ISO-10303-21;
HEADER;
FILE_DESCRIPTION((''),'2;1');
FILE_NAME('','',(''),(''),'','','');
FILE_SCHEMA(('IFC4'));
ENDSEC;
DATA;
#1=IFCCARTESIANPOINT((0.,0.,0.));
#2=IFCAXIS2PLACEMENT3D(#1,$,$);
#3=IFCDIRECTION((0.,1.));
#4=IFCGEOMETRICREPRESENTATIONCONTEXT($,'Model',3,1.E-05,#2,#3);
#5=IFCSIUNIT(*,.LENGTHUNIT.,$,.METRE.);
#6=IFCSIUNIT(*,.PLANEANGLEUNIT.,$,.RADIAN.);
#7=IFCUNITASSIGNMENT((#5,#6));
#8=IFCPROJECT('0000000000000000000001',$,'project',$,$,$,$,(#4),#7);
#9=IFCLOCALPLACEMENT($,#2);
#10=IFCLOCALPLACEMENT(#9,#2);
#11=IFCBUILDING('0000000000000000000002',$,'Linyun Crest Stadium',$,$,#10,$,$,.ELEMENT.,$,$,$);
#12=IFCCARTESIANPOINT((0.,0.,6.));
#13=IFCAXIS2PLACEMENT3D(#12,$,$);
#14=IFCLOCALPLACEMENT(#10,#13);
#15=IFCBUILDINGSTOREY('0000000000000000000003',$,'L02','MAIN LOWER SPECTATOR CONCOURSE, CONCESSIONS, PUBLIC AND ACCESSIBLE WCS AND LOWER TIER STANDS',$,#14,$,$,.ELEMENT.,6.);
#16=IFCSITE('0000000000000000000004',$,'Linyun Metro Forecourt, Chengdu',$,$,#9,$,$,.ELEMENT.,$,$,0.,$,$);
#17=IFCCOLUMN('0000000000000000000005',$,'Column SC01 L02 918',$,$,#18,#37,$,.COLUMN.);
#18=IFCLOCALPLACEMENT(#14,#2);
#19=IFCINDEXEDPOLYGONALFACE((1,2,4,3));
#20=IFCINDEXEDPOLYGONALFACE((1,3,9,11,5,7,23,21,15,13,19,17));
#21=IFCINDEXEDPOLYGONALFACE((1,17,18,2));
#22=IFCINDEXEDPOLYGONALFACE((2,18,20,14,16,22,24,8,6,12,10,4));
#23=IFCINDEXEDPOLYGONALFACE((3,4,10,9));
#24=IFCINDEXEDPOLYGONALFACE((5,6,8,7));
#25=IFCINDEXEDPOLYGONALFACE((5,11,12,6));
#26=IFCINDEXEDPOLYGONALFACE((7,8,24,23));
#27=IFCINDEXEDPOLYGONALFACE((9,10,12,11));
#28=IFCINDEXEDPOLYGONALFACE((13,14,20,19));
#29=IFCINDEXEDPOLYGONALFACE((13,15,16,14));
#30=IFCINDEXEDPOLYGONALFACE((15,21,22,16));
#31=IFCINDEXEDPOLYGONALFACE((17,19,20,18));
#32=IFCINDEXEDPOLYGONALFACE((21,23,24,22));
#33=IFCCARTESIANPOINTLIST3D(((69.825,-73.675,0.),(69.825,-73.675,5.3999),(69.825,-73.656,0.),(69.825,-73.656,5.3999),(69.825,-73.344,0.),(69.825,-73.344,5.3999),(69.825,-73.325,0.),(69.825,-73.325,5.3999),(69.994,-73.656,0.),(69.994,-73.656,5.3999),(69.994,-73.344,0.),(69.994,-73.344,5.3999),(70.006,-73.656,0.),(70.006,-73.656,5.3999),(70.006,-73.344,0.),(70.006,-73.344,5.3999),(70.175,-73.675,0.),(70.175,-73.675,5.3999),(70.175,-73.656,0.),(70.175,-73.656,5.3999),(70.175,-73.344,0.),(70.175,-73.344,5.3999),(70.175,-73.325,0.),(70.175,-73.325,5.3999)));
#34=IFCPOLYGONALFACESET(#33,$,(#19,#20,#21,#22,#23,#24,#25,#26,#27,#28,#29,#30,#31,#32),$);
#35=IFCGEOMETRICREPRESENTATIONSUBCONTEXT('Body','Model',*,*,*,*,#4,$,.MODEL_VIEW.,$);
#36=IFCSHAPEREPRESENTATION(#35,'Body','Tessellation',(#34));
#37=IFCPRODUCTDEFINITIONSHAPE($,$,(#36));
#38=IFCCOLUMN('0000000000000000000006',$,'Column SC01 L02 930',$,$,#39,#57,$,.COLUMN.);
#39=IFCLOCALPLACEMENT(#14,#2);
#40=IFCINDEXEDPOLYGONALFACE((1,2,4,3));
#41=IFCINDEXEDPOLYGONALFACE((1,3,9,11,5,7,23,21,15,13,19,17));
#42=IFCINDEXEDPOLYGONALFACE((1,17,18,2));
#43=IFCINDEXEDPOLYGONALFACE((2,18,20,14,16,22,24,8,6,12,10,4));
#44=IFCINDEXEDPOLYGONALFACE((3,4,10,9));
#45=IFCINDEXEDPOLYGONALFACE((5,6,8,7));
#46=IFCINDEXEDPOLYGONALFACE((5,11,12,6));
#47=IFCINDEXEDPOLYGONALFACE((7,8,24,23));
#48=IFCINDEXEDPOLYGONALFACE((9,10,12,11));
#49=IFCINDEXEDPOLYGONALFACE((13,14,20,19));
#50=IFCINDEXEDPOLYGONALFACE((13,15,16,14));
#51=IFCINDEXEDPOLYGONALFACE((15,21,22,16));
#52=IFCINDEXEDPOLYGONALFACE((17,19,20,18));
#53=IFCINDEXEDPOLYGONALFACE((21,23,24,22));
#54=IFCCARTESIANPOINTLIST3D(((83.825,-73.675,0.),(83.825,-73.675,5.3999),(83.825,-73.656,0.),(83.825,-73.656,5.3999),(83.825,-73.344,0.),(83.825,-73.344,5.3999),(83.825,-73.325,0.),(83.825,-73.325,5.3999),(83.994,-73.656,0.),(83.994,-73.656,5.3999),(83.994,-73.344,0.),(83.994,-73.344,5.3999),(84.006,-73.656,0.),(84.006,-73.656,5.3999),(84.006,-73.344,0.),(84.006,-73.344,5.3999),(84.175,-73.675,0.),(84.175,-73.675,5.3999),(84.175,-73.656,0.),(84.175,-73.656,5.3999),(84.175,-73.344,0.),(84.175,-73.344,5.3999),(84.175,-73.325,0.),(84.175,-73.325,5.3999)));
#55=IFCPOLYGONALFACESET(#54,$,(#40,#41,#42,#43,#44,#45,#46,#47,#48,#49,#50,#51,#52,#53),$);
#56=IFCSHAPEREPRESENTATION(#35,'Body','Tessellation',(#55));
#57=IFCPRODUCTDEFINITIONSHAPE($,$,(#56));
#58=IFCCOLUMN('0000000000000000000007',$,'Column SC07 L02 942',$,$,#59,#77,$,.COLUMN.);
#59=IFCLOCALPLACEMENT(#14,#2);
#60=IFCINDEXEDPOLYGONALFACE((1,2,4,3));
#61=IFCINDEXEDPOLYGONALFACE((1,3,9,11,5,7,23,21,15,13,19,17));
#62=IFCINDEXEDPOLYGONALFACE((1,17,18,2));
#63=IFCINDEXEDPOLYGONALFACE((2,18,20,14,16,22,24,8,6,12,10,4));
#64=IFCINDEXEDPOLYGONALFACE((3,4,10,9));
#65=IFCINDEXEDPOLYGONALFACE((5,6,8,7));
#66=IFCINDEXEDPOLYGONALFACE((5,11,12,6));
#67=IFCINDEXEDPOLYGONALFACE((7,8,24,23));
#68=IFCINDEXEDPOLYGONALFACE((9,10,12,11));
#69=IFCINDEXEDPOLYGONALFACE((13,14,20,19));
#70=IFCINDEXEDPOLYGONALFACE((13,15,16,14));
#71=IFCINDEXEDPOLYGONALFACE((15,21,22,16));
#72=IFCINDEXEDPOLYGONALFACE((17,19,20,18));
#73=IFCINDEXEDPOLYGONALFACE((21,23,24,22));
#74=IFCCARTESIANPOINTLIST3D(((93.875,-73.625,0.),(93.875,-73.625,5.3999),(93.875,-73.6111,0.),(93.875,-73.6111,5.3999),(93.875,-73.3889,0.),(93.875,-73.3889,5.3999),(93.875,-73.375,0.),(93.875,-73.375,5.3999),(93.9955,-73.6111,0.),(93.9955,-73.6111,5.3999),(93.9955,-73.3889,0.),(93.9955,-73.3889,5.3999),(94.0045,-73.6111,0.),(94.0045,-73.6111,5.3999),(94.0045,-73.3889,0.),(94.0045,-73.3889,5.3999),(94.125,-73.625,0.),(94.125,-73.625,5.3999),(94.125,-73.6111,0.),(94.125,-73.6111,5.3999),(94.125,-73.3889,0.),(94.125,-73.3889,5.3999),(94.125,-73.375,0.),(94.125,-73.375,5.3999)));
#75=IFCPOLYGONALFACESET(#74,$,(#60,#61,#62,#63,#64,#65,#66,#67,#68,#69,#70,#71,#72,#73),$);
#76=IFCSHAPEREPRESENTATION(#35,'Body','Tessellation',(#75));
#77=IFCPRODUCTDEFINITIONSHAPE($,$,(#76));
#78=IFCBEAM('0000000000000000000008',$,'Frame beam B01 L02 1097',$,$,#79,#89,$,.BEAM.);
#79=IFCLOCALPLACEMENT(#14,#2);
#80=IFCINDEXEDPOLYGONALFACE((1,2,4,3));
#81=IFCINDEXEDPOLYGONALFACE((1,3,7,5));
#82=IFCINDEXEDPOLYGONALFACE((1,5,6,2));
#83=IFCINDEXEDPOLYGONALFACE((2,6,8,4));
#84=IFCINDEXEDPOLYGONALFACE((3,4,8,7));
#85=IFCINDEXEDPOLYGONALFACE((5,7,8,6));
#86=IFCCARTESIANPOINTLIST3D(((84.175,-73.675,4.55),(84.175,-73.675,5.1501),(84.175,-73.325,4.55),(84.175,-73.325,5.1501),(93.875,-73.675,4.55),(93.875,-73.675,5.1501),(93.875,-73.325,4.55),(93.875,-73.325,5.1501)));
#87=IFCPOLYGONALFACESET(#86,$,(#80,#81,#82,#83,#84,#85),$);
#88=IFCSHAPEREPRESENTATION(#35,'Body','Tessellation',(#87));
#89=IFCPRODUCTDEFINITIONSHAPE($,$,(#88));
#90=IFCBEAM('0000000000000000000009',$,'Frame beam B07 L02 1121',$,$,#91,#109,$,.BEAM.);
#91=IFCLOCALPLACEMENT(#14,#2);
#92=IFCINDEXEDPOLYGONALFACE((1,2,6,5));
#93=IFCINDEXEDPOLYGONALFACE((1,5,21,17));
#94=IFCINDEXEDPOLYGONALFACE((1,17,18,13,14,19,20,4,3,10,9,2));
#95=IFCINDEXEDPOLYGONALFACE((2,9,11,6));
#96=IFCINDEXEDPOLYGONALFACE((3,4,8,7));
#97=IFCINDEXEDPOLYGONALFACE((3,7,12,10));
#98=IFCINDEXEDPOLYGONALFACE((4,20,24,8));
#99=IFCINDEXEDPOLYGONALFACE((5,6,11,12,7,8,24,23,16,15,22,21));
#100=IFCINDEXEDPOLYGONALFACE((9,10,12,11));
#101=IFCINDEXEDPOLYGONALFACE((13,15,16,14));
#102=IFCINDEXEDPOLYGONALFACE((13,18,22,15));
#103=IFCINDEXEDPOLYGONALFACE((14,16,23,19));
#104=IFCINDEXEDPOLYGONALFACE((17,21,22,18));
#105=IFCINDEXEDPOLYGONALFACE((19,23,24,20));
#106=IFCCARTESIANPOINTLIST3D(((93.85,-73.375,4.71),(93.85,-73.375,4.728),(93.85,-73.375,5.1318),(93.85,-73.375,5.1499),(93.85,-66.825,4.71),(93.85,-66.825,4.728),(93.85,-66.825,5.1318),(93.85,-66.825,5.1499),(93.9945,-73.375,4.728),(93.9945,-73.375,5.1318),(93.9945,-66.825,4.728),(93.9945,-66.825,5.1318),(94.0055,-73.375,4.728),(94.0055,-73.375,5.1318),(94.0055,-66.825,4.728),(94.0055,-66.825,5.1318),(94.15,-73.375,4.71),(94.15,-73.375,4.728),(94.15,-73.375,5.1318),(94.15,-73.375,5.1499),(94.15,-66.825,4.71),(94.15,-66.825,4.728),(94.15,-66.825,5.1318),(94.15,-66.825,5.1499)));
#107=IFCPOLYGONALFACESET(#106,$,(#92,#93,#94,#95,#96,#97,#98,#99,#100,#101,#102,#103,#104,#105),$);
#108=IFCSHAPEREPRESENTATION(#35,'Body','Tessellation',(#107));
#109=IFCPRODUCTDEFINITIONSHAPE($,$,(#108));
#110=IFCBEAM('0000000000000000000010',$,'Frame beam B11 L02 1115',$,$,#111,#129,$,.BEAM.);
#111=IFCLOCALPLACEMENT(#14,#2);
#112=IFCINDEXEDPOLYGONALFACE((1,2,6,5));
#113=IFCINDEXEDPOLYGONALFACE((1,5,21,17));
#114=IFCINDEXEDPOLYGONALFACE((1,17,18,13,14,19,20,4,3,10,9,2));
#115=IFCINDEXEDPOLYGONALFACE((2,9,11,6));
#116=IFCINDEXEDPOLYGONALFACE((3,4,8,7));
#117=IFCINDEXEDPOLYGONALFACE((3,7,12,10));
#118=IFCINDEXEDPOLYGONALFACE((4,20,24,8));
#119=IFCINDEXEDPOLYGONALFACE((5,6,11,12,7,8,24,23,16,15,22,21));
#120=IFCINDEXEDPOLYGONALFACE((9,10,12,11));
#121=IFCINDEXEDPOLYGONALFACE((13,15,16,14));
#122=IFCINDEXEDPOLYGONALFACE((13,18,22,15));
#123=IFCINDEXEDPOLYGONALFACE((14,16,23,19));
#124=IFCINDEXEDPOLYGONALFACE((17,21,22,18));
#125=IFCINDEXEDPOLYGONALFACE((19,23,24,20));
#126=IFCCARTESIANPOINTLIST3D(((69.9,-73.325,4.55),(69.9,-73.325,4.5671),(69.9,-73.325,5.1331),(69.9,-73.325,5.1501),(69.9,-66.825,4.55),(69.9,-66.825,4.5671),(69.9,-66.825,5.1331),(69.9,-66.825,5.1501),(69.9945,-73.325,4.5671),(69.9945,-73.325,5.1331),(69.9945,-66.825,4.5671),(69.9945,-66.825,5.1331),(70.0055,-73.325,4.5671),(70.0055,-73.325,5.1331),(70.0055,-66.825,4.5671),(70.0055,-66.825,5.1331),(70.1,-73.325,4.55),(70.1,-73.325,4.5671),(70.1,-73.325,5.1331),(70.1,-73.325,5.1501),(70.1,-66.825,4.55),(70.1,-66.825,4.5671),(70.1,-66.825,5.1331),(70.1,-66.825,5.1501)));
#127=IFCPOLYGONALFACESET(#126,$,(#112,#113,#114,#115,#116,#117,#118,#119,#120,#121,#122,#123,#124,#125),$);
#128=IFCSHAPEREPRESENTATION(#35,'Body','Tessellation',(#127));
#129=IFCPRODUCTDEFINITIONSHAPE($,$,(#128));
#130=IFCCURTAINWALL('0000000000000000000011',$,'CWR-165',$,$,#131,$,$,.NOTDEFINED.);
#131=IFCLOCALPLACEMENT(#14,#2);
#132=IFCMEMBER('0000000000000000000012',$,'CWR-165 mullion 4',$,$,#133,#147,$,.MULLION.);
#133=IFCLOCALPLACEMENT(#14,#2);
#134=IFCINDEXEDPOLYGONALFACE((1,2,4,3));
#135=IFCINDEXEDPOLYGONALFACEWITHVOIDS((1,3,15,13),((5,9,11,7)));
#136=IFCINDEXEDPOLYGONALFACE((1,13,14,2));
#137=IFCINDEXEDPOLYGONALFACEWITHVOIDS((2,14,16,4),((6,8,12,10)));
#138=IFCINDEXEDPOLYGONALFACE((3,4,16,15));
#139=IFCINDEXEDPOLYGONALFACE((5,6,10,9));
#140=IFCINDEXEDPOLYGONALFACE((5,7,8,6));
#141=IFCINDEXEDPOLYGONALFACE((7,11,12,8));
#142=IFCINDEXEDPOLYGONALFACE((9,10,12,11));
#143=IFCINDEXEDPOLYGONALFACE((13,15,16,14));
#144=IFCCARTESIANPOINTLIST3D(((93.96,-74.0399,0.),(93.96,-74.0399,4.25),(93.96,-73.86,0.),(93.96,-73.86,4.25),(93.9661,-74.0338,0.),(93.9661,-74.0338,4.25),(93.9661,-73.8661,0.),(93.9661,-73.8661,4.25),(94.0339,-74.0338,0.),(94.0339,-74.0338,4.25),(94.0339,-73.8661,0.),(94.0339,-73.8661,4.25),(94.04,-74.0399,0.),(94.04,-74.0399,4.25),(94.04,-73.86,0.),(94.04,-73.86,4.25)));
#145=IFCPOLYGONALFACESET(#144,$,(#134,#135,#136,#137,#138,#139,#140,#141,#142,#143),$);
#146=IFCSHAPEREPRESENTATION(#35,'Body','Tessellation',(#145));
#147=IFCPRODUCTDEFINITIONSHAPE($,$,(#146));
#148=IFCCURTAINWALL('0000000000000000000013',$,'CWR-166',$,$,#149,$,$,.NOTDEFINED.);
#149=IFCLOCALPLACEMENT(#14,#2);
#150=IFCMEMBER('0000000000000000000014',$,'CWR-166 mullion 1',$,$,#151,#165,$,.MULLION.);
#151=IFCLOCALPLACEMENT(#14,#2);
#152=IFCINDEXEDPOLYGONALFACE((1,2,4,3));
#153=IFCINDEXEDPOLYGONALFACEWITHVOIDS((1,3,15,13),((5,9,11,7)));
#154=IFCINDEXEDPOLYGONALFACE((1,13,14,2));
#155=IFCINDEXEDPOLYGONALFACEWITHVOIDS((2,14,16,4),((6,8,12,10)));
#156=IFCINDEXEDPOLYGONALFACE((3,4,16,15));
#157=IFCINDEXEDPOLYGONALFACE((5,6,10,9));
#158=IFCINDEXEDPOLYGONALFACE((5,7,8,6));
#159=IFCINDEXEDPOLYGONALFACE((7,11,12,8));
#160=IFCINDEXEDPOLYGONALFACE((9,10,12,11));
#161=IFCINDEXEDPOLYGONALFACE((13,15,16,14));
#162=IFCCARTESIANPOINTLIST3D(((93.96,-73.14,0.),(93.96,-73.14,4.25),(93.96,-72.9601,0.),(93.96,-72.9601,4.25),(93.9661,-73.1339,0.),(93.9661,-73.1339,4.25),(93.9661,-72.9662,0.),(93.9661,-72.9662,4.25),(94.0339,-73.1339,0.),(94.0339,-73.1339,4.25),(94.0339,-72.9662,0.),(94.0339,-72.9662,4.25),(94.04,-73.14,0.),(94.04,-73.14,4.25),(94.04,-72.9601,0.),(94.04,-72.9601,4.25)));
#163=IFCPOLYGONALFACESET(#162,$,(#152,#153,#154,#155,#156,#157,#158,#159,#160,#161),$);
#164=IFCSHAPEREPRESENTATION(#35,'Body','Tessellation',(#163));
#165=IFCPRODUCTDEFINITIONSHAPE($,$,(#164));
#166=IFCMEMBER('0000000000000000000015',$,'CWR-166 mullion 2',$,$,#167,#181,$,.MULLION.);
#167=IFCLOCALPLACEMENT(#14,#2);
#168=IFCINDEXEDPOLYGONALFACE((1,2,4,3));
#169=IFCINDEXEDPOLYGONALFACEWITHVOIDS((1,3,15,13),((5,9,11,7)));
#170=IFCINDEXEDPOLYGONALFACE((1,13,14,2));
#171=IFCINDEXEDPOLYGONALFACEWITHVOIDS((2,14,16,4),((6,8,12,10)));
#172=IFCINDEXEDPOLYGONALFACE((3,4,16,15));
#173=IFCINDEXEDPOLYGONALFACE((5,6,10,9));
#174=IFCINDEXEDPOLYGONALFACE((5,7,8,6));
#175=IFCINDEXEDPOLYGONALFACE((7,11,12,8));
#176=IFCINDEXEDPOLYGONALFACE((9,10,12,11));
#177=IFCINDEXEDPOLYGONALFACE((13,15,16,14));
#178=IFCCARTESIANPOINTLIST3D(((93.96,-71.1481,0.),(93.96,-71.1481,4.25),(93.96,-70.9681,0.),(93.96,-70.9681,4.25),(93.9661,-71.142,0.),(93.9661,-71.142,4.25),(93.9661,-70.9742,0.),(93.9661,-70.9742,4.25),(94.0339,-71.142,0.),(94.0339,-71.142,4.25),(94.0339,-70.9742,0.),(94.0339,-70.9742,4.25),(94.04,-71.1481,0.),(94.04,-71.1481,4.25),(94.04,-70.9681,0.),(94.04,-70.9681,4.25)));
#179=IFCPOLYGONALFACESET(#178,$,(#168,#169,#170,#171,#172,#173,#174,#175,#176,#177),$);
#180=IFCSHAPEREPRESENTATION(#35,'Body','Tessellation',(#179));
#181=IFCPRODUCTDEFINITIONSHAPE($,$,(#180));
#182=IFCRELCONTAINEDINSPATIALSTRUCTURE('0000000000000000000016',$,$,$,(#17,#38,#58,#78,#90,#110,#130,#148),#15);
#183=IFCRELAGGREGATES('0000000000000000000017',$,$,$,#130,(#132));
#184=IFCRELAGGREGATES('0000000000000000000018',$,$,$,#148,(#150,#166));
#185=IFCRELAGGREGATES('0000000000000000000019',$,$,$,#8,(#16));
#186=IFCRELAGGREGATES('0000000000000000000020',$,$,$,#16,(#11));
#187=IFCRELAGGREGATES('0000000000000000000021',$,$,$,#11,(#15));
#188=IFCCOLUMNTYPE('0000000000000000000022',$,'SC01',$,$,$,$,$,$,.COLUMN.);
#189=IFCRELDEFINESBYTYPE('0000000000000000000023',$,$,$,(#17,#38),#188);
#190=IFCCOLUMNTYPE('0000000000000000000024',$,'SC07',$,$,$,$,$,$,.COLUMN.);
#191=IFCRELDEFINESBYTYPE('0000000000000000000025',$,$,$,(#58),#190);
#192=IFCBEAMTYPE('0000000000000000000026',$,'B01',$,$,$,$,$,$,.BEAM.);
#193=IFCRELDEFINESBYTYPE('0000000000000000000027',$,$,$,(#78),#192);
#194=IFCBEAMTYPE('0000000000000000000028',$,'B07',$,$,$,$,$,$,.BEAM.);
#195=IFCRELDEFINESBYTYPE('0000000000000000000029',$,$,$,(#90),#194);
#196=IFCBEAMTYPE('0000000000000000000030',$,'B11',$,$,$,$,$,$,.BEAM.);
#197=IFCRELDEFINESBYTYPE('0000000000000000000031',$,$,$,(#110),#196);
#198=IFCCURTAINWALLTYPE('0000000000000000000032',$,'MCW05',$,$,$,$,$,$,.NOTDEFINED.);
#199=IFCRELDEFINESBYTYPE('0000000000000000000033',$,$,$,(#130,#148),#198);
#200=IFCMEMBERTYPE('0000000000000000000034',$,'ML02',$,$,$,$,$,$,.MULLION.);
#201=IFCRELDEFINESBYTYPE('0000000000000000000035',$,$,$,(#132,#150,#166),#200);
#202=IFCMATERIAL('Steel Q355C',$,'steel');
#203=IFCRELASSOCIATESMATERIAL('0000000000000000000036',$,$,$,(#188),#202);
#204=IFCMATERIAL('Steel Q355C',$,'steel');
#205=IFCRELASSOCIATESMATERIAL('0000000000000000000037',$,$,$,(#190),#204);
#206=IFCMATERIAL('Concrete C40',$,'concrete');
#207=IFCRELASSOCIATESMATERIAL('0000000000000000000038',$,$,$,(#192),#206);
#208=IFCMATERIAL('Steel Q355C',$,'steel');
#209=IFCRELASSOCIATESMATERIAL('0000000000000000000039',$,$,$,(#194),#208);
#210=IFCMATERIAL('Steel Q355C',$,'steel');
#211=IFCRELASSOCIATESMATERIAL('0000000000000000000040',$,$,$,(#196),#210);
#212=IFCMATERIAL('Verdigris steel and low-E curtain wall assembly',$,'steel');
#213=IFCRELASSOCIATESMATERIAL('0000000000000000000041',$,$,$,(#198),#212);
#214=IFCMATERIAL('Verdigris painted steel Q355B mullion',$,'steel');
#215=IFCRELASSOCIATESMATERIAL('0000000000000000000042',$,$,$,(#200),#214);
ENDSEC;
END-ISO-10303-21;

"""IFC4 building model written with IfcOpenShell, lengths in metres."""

from ifc_helpers import new_model, si_unit, direction, frame, origin, origin_2d, place, context, subcontext, project, spatial, rectangle, hollow_rectangle, i_section, extrude, material, material_profile, profile_set, type_object, element, aggregate, save


model = new_model("IFC4")

# Units and contexts
model_context = context("Model", 3, precision=1e-05, world=origin(), true_north=direction((0.0, 1.0)))
body_context = subcontext(model_context, "Body", "Model", "MODEL_VIEW")
ifc_project = project(units=[si_unit("LENGTHUNIT", "METRE"), si_unit("PLANEANGLEUNIT", "RADIAN")], contexts=[model_context])

# Site, building, storey
site_placement = place(None, origin())
site = spatial("IfcSite", under=ifc_project, at=site_placement, Name="Linyun Metro Forecourt, Chengdu", CompositionType="ELEMENT", RefElevation=0.0)
building_placement = place(site_placement, origin())
building = spatial("IfcBuilding", under=site, at=building_placement, Name="Linyun Crest Stadium", CompositionType="ELEMENT")
storey_placement = place(building_placement, frame((0.0, 0.0, 6.0)))
storey = spatial("IfcBuildingStorey", under=building, at=storey_placement, Name="L02", Description="MAIN LOWER SPECTATOR CONCOURSE, CONCESSIONS, PUBLIC AND ACCESSIBLE WCS AND LOWER TIER STANDS", CompositionType="ELEMENT", Elevation=6.0)

# Columns
ifc_material_1 = material(Name="Steel Q355C", Category="steel")
ifc_material_profile_1 = material_profile(ifc_material_1, i_section(OverallWidth=0.3501, OverallDepth=0.3501, WebThickness=0.012, FlangeThickness=0.019, at=origin_2d()), Name="HW 350x350")
ifc_profile_set_1 = profile_set([ifc_material_profile_1], Name="Steel Q355C")
column_type_1 = type_object("IfcColumnType", Name="SC01", PredefinedType="COLUMN", material=ifc_profile_set_1)
for number, where, z_axis, x_axis, name in (
    (1, (70.0, -73.5, 0.0), (0.0, 0.0, 1.0), (1.0, 0.0, 0.0), "Column SC01 L02 918"),
    (2, (84.0, -73.5, 0.0), (0.0, 0.0, 1.0), (1.0, 0.0, 0.0), "Column SC01 L02 930"),
):
    element("IfcColumn", number, at=place(storey_placement, frame(where, z_axis=z_axis, x_axis=x_axis)), inside=storey, type_object=column_type_1, Name=name, PredefinedType="COLUMN", context=body_context, shape_type="SweptSolid", body=[
        extrude(i_section(OverallWidth=0.3501, OverallDepth=0.3501, WebThickness=0.012, FlangeThickness=0.019, at=origin_2d()), origin(), (0.0, 0.0, 1.0), 5.3999),
    ])
ifc_material_2 = material(Name="Steel Q355C", Category="steel")
ifc_material_profile_2 = material_profile(ifc_material_2, i_section(OverallWidth=0.25, OverallDepth=0.25, WebThickness=0.009, FlangeThickness=0.0139, at=origin_2d()), Name="HW 250x250")
ifc_profile_set_2 = profile_set([ifc_material_profile_2], Name="Steel Q355C")
column_type_2 = type_object("IfcColumnType", Name="SC07", PredefinedType="COLUMN", material=ifc_profile_set_2)
column_placement = place(storey_placement, frame((94.0, -73.5, 0.0), z_axis=(0.0, 0.0, 1.0), x_axis=(1.0, 0.0, 0.0)))
element("IfcColumn", 3, at=column_placement, inside=storey, type_object=column_type_2, Name="Column SC07 L02 942", PredefinedType="COLUMN", context=body_context, shape_type="SweptSolid", body=[
    extrude(i_section(OverallWidth=0.25, OverallDepth=0.25, WebThickness=0.009, FlangeThickness=0.0139, at=origin_2d()), origin(), (0.0, 0.0, 1.0), 5.3999),
])

# Beams
ifc_material_3 = material(Name="Concrete C40", Category="concrete")
ifc_material_profile_3 = material_profile(ifc_material_3, rectangle(XDim=0.3501, YDim=0.6001, at=origin_2d()), Name="RCB 600x350")
ifc_profile_set_3 = profile_set([ifc_material_profile_3], Name="Concrete C40")
beam_type_1 = type_object("IfcBeamType", Name="B01", PredefinedType="BEAM", material=ifc_profile_set_3)
beam_1_placement = place(storey_placement, frame((84.175, -73.5, 4.8501), z_axis=(1.0, 0.0, 0.0), x_axis=(0.0, 1.0, 0.0)))
element("IfcBeam", 4, at=beam_1_placement, inside=storey, type_object=beam_type_1, Name="Frame beam B01 L02 1097", PredefinedType="BEAM", context=body_context, shape_type="SweptSolid", body=[
    extrude(rectangle(XDim=0.3501, YDim=0.6001, at=origin_2d()), origin(), (0.0, 0.0, 1.0), 9.7),
])
ifc_material_4 = material(Name="Steel Q355C", Category="steel")
ifc_material_profile_4 = material_profile(ifc_material_4, i_section(OverallWidth=0.3, OverallDepth=0.4399, WebThickness=0.011, FlangeThickness=0.0181, at=origin_2d()), Name="HM 440x300")
ifc_profile_set_4 = profile_set([ifc_material_profile_4], Name="Steel Q355C")
beam_type_2 = type_object("IfcBeamType", Name="B07", PredefinedType="BEAM", material=ifc_profile_set_4)
beam_2_placement = place(storey_placement, frame((94.0, -73.375, 4.9299), z_axis=(0.0, 1.0, 0.0), x_axis=(-1.0, 0.0, 0.0)))
element("IfcBeam", 5, at=beam_2_placement, inside=storey, type_object=beam_type_2, Name="Frame beam B07 L02 1121", PredefinedType="BEAM", context=body_context, shape_type="SweptSolid", body=[
    extrude(i_section(OverallWidth=0.3, OverallDepth=0.4399, WebThickness=0.011, FlangeThickness=0.0181, at=origin_2d()), origin(), (0.0, 0.0, 1.0), 6.55),
])
ifc_material_5 = material(Name="Steel Q355C", Category="steel")
ifc_material_profile_5 = material_profile(ifc_material_5, i_section(OverallWidth=0.2, OverallDepth=0.6001, WebThickness=0.011, FlangeThickness=0.0171, at=origin_2d()), Name="HN 600x200")
ifc_profile_set_5 = profile_set([ifc_material_profile_5], Name="Steel Q355C")
beam_type_3 = type_object("IfcBeamType", Name="B11", PredefinedType="BEAM", material=ifc_profile_set_5)
beam_3_placement = place(storey_placement, frame((70.0, -73.325, 4.8501), z_axis=(0.0, 1.0, 0.0), x_axis=(-1.0, 0.0, 0.0)))
element("IfcBeam", 6, at=beam_3_placement, inside=storey, type_object=beam_type_3, Name="Frame beam B11 L02 1115", PredefinedType="BEAM", context=body_context, shape_type="SweptSolid", body=[
    extrude(i_section(OverallWidth=0.2, OverallDepth=0.6001, WebThickness=0.011, FlangeThickness=0.0171, at=origin_2d()), origin(), (0.0, 0.0, 1.0), 6.5),
])

# Curtain wall, member
ifc_material_6 = material(Name="Verdigris steel and low-E curtain wall assembly", Category="steel")
curtain_wall_type = type_object("IfcCurtainWallType", Name="MCW05", PredefinedType="NOTDEFINED", material=ifc_material_6)
curtain_wall_1_placement = place(storey_placement, origin())
curtain_wall_1 = element("IfcCurtainWall", 7, at=curtain_wall_1_placement, inside=storey, type_object=curtain_wall_type, Name="CWR-165", PredefinedType="NOTDEFINED")
ifc_material_7 = material(Name="Verdigris painted steel Q355B mullion", Category="steel")
ifc_material_profile_6 = material_profile(ifc_material_7, hollow_rectangle(XDim=0.0801, YDim=0.1799, WallThickness=0.0061, at=origin_2d()), Name="RHS 180x80x6")
ifc_profile_set_6 = profile_set([ifc_material_profile_6], Name="Verdigris painted steel Q355B mullion")
member_type_1 = type_object("IfcMemberType", Name="ML02", PredefinedType="MULLION", material=ifc_profile_set_6)
member_1_placement = place(storey_placement, frame((94.0, -73.95, 0.0), z_axis=(0.0, 0.0, 1.0), x_axis=(-1.0, 0.0, 0.0)))
member_1 = element("IfcMember", 8, at=member_1_placement, type_object=member_type_1, Name="CWR-165 mullion 4", PredefinedType="MULLION", context=body_context, shape_type="SweptSolid", body=[
    extrude(hollow_rectangle(XDim=0.0801, YDim=0.1799, WallThickness=0.0061, at=origin_2d()), origin(), (0.0, 0.0, 1.0), 4.25),
])

# Curtain wall, members
curtain_wall_2_placement = place(storey_placement, origin())
curtain_wall_2 = element("IfcCurtainWall", 9, at=curtain_wall_2_placement, inside=storey, type_object=curtain_wall_type, Name="CWR-166", PredefinedType="NOTDEFINED")
member_2_placement = place(storey_placement, frame((94.0, -73.05, 0.0), z_axis=(0.0, 0.0, 1.0), x_axis=(-1.0, 0.0, 0.0)))
member_2 = element("IfcMember", 10, at=member_2_placement, type_object=member_type_1, Name="CWR-166 mullion 1", PredefinedType="MULLION", context=body_context, shape_type="SweptSolid", body=[
    extrude(hollow_rectangle(XDim=0.0801, YDim=0.1799, WallThickness=0.0061, at=origin_2d()), origin(), (0.0, 0.0, 1.0), 4.25),
])
member_3_placement = place(storey_placement, frame((94.0, -71.0581, 0.0), z_axis=(0.0, 0.0, 1.0), x_axis=(-1.0, 0.0, 0.0)))
member_3 = element("IfcMember", 11, at=member_3_placement, type_object=member_type_1, Name="CWR-166 mullion 2", PredefinedType="MULLION", context=body_context, shape_type="SweptSolid", body=[
    extrude(hollow_rectangle(XDim=0.0801, YDim=0.1799, WallThickness=0.0061, at=origin_2d()), origin(), (0.0, 0.0, 1.0), 4.25),
])

aggregate(curtain_wall_1, [member_1])
aggregate(curtain_wall_2, [member_2, member_3])

save(model, "model.ifc")
